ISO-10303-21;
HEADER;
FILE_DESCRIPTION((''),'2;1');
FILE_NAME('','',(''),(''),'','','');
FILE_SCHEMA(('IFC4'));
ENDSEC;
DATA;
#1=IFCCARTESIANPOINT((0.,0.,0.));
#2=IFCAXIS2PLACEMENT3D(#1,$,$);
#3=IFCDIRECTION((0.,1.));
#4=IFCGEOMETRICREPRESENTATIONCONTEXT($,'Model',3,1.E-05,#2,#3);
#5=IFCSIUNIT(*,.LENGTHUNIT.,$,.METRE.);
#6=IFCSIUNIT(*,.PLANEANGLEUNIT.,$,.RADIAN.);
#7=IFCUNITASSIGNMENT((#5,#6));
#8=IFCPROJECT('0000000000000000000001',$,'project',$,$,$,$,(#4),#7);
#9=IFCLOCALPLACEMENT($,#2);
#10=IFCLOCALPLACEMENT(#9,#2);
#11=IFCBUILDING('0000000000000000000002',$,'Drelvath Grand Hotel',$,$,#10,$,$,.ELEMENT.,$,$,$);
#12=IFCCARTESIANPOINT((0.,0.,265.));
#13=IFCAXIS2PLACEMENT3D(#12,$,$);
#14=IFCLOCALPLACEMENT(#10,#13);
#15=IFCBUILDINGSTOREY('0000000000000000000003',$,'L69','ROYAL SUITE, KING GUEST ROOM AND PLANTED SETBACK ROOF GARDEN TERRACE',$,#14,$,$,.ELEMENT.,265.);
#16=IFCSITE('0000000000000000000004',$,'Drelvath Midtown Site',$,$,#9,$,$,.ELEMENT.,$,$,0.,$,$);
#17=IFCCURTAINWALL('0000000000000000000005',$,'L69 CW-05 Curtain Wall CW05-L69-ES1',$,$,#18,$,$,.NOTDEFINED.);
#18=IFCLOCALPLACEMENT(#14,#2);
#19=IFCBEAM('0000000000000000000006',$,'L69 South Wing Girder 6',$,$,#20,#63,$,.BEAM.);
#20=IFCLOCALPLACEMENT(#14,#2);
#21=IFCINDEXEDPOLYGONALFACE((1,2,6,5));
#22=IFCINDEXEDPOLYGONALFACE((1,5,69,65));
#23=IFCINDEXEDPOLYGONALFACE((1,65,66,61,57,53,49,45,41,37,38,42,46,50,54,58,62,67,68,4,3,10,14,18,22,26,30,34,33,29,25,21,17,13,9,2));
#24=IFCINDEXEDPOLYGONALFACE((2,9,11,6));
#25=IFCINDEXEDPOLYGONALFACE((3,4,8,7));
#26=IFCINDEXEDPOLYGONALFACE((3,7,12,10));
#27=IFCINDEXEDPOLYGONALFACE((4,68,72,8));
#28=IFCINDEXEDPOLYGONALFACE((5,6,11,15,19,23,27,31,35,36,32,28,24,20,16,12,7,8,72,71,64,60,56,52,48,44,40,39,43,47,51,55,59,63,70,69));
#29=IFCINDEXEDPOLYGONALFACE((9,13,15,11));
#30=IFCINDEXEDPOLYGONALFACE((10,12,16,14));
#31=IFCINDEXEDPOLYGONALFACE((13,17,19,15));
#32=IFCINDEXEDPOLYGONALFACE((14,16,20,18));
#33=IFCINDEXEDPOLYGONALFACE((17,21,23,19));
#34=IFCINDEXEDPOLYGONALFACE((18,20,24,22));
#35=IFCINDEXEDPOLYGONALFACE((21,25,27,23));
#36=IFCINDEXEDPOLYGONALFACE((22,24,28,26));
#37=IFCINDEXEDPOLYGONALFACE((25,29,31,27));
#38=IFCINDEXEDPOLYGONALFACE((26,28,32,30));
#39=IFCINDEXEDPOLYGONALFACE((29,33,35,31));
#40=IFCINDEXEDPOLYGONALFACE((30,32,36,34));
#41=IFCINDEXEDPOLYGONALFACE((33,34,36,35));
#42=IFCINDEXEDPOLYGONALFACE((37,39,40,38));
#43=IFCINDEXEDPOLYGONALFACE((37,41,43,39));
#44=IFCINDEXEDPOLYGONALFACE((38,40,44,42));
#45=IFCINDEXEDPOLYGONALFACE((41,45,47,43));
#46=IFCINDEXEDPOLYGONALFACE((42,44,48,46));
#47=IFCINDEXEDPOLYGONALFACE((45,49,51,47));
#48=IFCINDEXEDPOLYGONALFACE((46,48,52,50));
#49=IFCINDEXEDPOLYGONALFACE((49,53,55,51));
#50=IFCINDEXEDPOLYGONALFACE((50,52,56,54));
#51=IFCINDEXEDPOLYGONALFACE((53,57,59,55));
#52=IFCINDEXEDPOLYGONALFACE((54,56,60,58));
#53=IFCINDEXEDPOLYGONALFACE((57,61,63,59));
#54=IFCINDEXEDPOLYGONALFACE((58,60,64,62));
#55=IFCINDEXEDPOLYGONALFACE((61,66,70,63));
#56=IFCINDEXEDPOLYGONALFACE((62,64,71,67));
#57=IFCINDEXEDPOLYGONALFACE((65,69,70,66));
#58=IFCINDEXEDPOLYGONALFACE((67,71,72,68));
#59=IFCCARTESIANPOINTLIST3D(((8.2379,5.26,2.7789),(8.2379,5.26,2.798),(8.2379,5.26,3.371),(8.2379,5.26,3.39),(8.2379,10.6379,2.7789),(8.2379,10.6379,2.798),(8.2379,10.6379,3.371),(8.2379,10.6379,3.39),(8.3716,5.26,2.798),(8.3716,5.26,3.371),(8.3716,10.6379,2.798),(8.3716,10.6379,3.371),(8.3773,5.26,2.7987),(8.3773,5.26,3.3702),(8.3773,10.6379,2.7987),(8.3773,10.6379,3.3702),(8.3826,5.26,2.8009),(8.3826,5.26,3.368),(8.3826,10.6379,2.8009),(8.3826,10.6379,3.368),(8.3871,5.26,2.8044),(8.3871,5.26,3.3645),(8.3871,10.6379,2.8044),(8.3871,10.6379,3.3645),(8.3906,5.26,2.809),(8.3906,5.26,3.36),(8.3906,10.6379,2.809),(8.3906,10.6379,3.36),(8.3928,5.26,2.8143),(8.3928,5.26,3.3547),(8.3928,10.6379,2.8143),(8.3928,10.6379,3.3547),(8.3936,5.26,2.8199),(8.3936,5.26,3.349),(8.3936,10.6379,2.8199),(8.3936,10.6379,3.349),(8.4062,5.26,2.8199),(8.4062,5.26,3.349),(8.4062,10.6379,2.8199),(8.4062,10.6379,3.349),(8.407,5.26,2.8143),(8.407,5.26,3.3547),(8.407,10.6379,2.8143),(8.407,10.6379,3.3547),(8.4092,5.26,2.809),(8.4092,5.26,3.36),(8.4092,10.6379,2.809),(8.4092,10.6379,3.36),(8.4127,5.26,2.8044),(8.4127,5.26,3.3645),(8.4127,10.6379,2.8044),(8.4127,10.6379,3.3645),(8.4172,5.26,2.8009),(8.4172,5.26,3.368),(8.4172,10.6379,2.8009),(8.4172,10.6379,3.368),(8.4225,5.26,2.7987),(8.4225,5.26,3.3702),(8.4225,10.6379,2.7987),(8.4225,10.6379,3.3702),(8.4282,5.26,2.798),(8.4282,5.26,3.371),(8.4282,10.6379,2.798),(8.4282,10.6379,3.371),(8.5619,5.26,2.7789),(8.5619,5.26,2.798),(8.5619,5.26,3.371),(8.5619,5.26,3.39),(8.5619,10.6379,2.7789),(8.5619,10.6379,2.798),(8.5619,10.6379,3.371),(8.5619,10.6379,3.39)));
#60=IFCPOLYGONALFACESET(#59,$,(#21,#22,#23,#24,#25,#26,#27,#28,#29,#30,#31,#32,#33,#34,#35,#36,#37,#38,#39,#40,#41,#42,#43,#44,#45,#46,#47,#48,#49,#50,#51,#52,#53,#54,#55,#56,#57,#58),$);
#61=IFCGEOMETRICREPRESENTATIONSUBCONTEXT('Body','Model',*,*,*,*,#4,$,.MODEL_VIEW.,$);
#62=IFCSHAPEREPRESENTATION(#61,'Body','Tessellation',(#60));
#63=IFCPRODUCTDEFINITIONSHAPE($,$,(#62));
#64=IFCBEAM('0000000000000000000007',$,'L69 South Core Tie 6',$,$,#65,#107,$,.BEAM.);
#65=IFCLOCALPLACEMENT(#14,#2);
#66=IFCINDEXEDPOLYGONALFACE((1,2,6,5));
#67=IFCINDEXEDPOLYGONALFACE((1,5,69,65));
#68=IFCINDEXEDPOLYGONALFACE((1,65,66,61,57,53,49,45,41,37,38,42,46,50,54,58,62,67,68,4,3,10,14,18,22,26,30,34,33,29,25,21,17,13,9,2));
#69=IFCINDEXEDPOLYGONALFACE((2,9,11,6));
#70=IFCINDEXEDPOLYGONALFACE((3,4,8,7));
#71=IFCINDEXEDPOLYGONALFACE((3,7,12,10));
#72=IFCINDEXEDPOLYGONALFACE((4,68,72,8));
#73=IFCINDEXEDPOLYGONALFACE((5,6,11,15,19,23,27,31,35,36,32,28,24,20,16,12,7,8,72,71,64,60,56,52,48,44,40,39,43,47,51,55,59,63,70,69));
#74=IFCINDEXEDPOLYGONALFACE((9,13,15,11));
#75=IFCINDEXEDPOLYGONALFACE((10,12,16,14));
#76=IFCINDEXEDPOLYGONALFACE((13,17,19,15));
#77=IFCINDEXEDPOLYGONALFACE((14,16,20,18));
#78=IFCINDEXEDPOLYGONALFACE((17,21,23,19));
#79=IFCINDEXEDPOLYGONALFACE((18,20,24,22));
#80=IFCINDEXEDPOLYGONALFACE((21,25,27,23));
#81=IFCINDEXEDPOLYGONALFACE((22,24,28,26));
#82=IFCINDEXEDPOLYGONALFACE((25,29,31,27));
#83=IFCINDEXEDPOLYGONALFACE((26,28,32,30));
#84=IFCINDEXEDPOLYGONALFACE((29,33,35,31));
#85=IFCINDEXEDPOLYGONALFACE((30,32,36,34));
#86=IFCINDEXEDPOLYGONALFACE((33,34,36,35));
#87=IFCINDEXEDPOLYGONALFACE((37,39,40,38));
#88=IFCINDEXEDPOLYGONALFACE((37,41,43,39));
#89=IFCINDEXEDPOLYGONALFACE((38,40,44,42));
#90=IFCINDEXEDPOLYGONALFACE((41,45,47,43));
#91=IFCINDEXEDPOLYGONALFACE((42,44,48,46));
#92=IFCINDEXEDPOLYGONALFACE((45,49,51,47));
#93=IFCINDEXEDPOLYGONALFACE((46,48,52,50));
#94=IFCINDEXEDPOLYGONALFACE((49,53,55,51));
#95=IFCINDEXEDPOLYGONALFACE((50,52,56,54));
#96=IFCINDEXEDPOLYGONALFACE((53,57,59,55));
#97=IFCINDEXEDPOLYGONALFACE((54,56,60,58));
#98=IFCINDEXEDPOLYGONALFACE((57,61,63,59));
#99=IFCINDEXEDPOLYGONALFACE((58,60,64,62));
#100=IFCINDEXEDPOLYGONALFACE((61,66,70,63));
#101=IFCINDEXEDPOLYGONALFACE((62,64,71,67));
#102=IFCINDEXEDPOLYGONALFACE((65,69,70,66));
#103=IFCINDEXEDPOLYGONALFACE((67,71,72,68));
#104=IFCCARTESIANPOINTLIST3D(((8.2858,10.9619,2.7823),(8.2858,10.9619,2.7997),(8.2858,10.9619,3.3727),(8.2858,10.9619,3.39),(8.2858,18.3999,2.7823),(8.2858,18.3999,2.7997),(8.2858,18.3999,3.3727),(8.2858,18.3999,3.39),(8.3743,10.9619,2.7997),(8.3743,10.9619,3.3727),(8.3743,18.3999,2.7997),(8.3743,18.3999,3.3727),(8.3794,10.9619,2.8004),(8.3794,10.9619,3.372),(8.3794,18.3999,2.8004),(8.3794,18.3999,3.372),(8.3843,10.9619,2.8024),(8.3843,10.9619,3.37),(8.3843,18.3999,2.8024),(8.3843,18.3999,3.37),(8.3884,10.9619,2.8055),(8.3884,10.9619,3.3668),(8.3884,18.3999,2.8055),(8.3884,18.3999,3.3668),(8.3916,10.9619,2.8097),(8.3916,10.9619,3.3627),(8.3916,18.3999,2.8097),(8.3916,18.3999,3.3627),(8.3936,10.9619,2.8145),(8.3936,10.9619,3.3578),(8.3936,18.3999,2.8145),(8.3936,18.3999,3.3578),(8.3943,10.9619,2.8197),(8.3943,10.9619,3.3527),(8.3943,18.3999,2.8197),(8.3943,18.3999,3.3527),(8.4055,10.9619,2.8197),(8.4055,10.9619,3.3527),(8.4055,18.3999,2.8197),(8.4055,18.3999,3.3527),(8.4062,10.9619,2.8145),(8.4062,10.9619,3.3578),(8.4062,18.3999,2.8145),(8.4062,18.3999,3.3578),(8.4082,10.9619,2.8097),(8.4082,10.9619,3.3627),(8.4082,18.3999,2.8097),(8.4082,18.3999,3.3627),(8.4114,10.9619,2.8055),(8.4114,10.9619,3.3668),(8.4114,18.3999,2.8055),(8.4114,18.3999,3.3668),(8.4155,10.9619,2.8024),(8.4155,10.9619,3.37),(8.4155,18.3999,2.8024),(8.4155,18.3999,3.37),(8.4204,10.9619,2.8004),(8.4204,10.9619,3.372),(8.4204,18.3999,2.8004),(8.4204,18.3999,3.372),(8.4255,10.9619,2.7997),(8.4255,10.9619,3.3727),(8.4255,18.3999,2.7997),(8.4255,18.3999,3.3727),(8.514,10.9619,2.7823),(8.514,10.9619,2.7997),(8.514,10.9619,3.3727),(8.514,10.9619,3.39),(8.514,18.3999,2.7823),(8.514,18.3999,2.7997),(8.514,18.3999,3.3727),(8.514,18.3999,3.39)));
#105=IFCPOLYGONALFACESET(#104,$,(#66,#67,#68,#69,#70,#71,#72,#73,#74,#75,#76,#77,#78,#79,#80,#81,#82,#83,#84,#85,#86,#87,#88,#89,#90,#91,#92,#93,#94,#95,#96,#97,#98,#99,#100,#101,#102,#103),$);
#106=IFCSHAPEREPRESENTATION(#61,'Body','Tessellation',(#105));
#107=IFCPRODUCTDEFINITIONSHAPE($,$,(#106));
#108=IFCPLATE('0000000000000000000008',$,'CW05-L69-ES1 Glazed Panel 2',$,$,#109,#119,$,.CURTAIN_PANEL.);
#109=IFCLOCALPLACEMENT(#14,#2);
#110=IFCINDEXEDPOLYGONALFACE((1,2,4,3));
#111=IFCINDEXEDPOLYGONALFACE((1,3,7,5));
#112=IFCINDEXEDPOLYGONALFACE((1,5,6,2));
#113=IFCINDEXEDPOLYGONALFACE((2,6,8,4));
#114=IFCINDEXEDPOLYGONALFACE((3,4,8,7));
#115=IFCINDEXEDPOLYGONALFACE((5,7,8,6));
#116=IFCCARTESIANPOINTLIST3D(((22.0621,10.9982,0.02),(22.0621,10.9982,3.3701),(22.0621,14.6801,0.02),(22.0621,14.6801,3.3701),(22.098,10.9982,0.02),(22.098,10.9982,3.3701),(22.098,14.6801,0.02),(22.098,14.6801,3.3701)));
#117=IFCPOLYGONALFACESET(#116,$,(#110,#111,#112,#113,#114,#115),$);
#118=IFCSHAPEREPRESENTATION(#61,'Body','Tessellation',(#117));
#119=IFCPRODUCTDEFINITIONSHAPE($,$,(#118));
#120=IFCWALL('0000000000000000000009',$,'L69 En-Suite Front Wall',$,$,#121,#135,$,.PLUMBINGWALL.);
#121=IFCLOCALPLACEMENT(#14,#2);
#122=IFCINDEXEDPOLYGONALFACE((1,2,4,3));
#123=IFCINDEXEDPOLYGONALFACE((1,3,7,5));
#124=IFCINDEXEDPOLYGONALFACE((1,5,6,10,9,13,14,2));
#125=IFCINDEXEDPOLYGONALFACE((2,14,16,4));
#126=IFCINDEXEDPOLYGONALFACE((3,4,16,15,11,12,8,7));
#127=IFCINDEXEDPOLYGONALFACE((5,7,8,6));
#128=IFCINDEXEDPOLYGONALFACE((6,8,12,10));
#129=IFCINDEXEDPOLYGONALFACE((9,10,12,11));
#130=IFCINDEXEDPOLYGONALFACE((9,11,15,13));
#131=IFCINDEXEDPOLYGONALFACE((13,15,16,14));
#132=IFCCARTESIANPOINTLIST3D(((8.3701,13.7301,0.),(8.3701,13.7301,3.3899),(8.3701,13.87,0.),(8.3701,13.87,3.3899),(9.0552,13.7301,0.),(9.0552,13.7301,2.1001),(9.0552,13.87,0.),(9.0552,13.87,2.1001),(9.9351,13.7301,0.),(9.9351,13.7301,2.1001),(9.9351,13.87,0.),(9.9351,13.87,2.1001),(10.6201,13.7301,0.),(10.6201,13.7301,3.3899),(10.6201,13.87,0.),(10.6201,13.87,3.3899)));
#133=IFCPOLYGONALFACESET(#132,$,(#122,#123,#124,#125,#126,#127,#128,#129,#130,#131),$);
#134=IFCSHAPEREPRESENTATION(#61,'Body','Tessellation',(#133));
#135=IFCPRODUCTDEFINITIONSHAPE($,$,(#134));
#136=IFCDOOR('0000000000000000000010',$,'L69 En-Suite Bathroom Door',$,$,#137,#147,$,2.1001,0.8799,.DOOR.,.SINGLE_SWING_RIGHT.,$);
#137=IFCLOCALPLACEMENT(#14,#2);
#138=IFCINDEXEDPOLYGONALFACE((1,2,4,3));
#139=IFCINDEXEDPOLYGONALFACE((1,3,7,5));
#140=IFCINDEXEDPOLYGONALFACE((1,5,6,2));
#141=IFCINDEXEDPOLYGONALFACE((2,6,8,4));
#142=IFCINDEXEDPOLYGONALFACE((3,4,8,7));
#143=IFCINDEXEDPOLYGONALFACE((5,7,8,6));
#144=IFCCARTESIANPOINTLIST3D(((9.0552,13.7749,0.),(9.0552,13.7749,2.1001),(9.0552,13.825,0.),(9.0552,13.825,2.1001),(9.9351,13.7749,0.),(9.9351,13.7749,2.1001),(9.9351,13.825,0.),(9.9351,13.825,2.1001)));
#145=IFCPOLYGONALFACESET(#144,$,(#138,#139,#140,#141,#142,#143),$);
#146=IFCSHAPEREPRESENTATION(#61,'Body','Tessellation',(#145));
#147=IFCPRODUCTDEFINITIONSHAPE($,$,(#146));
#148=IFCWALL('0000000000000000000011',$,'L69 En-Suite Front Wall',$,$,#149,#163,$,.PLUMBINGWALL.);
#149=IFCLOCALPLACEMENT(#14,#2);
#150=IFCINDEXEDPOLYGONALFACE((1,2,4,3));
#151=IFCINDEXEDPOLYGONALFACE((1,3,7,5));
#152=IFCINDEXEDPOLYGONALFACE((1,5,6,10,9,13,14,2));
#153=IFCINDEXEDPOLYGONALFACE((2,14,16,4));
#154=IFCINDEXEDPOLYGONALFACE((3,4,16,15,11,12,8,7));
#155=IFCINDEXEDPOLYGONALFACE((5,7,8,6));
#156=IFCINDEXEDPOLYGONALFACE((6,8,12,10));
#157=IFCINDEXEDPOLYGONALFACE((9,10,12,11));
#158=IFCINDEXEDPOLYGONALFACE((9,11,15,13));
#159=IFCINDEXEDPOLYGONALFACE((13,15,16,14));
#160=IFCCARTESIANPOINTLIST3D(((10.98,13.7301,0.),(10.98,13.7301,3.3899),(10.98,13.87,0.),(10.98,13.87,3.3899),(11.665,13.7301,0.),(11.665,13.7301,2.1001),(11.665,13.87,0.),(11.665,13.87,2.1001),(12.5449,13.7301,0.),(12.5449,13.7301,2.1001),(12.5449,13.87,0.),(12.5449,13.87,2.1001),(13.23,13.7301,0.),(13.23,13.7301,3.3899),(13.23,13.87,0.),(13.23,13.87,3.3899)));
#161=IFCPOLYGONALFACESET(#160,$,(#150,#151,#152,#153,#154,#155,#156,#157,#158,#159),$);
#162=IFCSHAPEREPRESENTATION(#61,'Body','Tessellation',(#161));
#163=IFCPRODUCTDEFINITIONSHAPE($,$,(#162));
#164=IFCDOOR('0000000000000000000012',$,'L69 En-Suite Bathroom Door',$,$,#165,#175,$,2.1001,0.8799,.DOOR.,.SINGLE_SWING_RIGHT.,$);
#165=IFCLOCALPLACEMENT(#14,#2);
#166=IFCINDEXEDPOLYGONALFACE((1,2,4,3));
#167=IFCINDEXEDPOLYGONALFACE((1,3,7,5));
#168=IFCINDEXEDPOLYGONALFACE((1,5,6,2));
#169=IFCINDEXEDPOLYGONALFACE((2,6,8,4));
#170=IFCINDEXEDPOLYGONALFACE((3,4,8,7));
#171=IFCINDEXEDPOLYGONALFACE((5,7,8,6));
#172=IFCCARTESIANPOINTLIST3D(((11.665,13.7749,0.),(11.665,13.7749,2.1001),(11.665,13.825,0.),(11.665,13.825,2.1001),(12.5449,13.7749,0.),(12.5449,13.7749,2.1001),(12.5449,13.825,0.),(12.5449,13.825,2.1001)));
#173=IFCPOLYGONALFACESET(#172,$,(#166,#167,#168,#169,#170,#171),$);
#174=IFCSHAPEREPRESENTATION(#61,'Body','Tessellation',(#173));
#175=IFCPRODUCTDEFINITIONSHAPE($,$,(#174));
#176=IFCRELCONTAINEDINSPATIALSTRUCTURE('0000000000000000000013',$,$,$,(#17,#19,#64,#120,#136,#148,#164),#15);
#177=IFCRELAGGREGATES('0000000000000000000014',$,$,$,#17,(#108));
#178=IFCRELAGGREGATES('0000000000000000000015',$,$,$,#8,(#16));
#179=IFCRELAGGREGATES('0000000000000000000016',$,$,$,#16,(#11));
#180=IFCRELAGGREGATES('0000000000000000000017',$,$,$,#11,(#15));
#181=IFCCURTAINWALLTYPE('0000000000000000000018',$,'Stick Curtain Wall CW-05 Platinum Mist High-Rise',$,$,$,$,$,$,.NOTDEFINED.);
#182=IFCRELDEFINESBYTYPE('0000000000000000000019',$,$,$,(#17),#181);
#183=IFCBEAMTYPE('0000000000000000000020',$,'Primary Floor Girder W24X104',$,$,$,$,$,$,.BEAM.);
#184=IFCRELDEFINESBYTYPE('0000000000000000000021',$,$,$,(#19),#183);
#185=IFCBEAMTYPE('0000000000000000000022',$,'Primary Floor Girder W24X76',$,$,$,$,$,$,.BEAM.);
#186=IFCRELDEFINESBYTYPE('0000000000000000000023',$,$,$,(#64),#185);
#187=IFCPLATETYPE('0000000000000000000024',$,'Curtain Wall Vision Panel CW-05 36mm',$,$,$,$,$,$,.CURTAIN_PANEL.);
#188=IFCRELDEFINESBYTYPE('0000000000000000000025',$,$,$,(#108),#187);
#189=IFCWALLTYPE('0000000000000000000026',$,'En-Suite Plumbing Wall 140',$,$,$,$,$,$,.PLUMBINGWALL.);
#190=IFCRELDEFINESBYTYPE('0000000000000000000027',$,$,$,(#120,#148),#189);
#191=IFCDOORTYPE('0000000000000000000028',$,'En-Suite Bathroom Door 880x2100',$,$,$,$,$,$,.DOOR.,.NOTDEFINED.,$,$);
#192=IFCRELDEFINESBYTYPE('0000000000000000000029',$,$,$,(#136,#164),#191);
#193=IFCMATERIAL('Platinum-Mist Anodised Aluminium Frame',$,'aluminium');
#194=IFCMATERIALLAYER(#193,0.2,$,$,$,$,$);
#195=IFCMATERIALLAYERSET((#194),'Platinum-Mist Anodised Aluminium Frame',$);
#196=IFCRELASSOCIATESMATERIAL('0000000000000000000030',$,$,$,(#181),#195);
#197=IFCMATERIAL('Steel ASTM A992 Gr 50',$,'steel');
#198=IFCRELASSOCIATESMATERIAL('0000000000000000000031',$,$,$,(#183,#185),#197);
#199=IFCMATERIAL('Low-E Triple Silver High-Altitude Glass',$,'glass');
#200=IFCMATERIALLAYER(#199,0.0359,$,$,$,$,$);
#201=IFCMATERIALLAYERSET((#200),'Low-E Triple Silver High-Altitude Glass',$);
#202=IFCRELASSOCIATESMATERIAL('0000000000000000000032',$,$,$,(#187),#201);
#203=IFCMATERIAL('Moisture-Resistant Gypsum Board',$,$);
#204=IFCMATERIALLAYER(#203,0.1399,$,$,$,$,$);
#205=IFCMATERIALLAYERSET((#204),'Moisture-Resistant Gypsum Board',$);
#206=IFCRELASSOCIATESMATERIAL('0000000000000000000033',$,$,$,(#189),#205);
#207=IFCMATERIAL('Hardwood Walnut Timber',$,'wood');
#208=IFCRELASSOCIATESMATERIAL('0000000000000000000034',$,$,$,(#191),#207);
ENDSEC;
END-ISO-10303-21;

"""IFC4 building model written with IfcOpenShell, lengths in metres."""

from ifc_helpers import new_model, si_unit, direction, frame, frame_2d, origin, origin_2d, place, context, subcontext, project, spatial, rectangle, i_section, extrude, material, layer, layer_set, material_profile, profile_set, type_object, element, fill, aggregate, save


model = new_model("IFC4")

# Units and contexts
model_context = context("Model", 3, precision=1e-05, world=origin(), true_north=direction((0.0, 1.0)))
body_context = subcontext(model_context, "Body", "Model", "MODEL_VIEW")
ifc_project = project(units=[si_unit("LENGTHUNIT", "METRE"), si_unit("PLANEANGLEUNIT", "RADIAN")], contexts=[model_context])

# Site, building, storey
site_placement = place(None, origin())
site = spatial("IfcSite", under=ifc_project, at=site_placement, Name="Drelvath Midtown Site", CompositionType="ELEMENT", RefElevation=0.0)
building_placement = place(site_placement, origin())
building = spatial("IfcBuilding", under=site, at=building_placement, Name="Drelvath Grand Hotel", CompositionType="ELEMENT")
storey_placement = place(building_placement, frame((0.0, 0.0, 265.0)))
storey = spatial("IfcBuildingStorey", under=building, at=storey_placement, Name="L69", Description="ROYAL SUITE, KING GUEST ROOM AND PLANTED SETBACK ROOF GARDEN TERRACE", CompositionType="ELEMENT", Elevation=265.0)

# Shared definitions
ifc_material_1 = material(Name="Steel ASTM A992 Gr 50", Category="steel")

# Curtain wall
ifc_material_2 = material(Name="Platinum-Mist Anodised Aluminium Frame", Category="aluminium")
ifc_layer_1 = layer(ifc_material_2, 0.2)
ifc_layer_set_1 = layer_set([ifc_layer_1], Name="Platinum-Mist Anodised Aluminium Frame")
curtain_wall_type = type_object("IfcCurtainWallType", Name="Stick Curtain Wall CW-05 Platinum Mist High-Rise", PredefinedType="NOTDEFINED", material=ifc_layer_set_1)
curtain_wall_1_placement = place(storey_placement, origin())
curtain_wall_1 = element("IfcCurtainWall", 1, at=curtain_wall_1_placement, inside=storey, type_object=curtain_wall_type, Name="L69 CW-05 Curtain Wall CW05-L69-ES1", PredefinedType="NOTDEFINED")

# Beams
ifc_material_profile_1 = material_profile(ifc_material_1, i_section(OverallWidth=0.324, OverallDepth=0.6111, WebThickness=0.0127, FlangeThickness=0.019, FilletRadius=0.022, at=origin_2d()), Name="W24X104")
ifc_profile_set_1 = profile_set([ifc_material_profile_1], Name="Steel ASTM A992 Gr 50")
beam_type_1 = type_object("IfcBeamType", Name="Primary Floor Girder W24X104", PredefinedType="BEAM", material=ifc_profile_set_1)
beam_1_placement = place(storey_placement, frame((8.3999, 5.26, 3.0845), z_axis=(0.0, 1.0, 0.0), x_axis=(-1.0, 0.0, 0.0)))
element("IfcBeam", 2, at=beam_1_placement, inside=storey, type_object=beam_type_1, Name="L69 South Wing Girder 6", PredefinedType="BEAM", context=body_context, shape_type="SweptSolid", body=[
    extrude(i_section(OverallWidth=0.324, OverallDepth=0.6111, WebThickness=0.0127, FlangeThickness=0.019, FilletRadius=0.022, at=origin_2d()), origin(), (0.0, 0.0, 1.0), 5.3779),
])
ifc_material_profile_2 = material_profile(ifc_material_1, i_section(OverallWidth=0.2283, OverallDepth=0.6077, WebThickness=0.0112, FlangeThickness=0.0173, FilletRadius=0.02, at=origin_2d()), Name="W24X76")
ifc_profile_set_2 = profile_set([ifc_material_profile_2], Name="Steel ASTM A992 Gr 50")
beam_type_2 = type_object("IfcBeamType", Name="Primary Floor Girder W24X76", PredefinedType="BEAM", material=ifc_profile_set_2)
beam_2_placement = place(storey_placement, frame((8.3999, 10.9619, 3.0862), z_axis=(0.0, 1.0, 0.0), x_axis=(-1.0, 0.0, 0.0)))
element("IfcBeam", 3, at=beam_2_placement, inside=storey, type_object=beam_type_2, Name="L69 South Core Tie 6", PredefinedType="BEAM", context=body_context, shape_type="SweptSolid", body=[
    extrude(i_section(OverallWidth=0.2283, OverallDepth=0.6077, WebThickness=0.0112, FlangeThickness=0.0173, FilletRadius=0.02, at=origin_2d()), origin(), (0.0, 0.0, 1.0), 7.438),
])

# Plate
ifc_material_3 = material(Name="Low-E Triple Silver High-Altitude Glass", Category="glass")
ifc_layer_2 = layer(ifc_material_3, 0.0359)
ifc_layer_set_2 = layer_set([ifc_layer_2], Name="Low-E Triple Silver High-Altitude Glass")
plate_type = type_object("IfcPlateType", Name="Curtain Wall Vision Panel CW-05 36mm", PredefinedType="CURTAIN_PANEL", material=ifc_layer_set_2)
plate_placement = place(storey_placement, frame((22.0801, 12.8391, 0.02), z_axis=(0.0, 0.0, 1.0), x_axis=(0.0, -1.0, 0.0)))
plate = element("IfcPlate", 4, at=plate_placement, type_object=plate_type, Name="CW05-L69-ES1 Glazed Panel 2", PredefinedType="CURTAIN_PANEL", context=body_context, shape_type="SweptSolid", body=[
    extrude(rectangle(XDim=3.6819, YDim=0.0359, at=origin_2d()), origin(), (0.0, 0.0, 1.0), 3.3501),
])
aggregate(curtain_wall_1, [plate])

# Walls, openings, doors
ifc_material_4 = material(Name="Moisture-Resistant Gypsum Board")
ifc_layer_3 = layer(ifc_material_4, 0.1399)
ifc_layer_set_3 = layer_set([ifc_layer_3], Name="Moisture-Resistant Gypsum Board")
wall_type_1 = type_object("IfcWallType", Name="En-Suite Plumbing Wall 140", PredefinedType="PLUMBINGWALL", material=ifc_layer_set_3)
wall_1_placement = place(storey_placement, frame((8.3701, 13.8, 0.0), z_axis=(0.0, 0.0, 1.0), x_axis=(1.0, 0.0, 0.0)))
wall_1 = element("IfcWall", 5, at=wall_1_placement, inside=storey, type_object=wall_type_1, Name="L69 En-Suite Front Wall", PredefinedType="PLUMBINGWALL", context=body_context, shape_type="SweptSolid", body=[
    extrude(rectangle(XDim=2.25, YDim=0.1399, at=frame_2d((1.125, 0.0))), origin(), (0.0, 0.0, 1.0), 3.3899),
])
opening_1_placement = place(wall_1_placement, frame((0.6851, 0.0, 0.0)))
opening_1 = element("IfcOpeningElement", 6, at=opening_1_placement, cuts=wall_1, PredefinedType="OPENING", context=body_context, shape_type="SweptSolid", body=[
    extrude(rectangle(XDim=0.8799, YDim=2.1001, at=frame_2d((0.4399, 1.05))), frame((0.0, 0.0798, 0.0), z_axis=(0.0, -1.0, 0.0), x_axis=(1.0, 0.0, 0.0)), (0.0, 0.0, 1.0), 0.1599),
])
ifc_material_5 = material(Name="Hardwood Walnut Timber", Category="wood")
door_type_1 = type_object("IfcDoorType", Name="En-Suite Bathroom Door 880x2100", OperationType="NOTDEFINED", PredefinedType="DOOR", material=ifc_material_5)
door_1_placement = place(opening_1_placement, origin())
door_1 = element("IfcDoor", 7, at=door_1_placement, inside=storey, type_object=door_type_1, Name="L69 En-Suite Bathroom Door", OperationType="SINGLE_SWING_RIGHT", OverallHeight=2.1001, OverallWidth=0.8799, PredefinedType="DOOR", context=body_context, shape_type="SweptSolid", body=[
    extrude(rectangle(XDim=0.8799, YDim=2.1001, at=frame_2d((0.4399, 1.05))), frame((0.0, 0.0249, 0.0), z_axis=(0.0, -1.0, 0.0), x_axis=(1.0, 0.0, 0.0)), (0.0, 0.0, 1.0), 0.05),
])
fill(opening_1, door_1)
wall_2_placement = place(storey_placement, frame((10.98, 13.8, 0.0), z_axis=(0.0, 0.0, 1.0), x_axis=(1.0, 0.0, 0.0)))
wall_2 = element("IfcWall", 8, at=wall_2_placement, inside=storey, type_object=wall_type_1, Name="L69 En-Suite Front Wall", PredefinedType="PLUMBINGWALL", context=body_context, shape_type="SweptSolid", body=[
    extrude(rectangle(XDim=2.25, YDim=0.1399, at=frame_2d((1.125, 0.0))), origin(), (0.0, 0.0, 1.0), 3.3899),
])
opening_2_placement = place(wall_2_placement, frame((0.6851, 0.0, 0.0)))
opening_2 = element("IfcOpeningElement", 9, at=opening_2_placement, cuts=wall_2, PredefinedType="OPENING", context=body_context, shape_type="SweptSolid", body=[
    extrude(rectangle(XDim=0.8799, YDim=2.1001, at=frame_2d((0.4399, 1.05))), frame((0.0, 0.0798, 0.0), z_axis=(0.0, -1.0, 0.0), x_axis=(1.0, 0.0, 0.0)), (0.0, 0.0, 1.0), 0.1599),
])
door_2_placement = place(opening_2_placement, origin())
door_2 = element("IfcDoor", 10, at=door_2_placement, inside=storey, type_object=door_type_1, Name="L69 En-Suite Bathroom Door", OperationType="SINGLE_SWING_RIGHT", OverallHeight=2.1001, OverallWidth=0.8799, PredefinedType="DOOR", context=body_context, shape_type="SweptSolid", body=[
    extrude(rectangle(XDim=0.8799, YDim=2.1001, at=frame_2d((0.4399, 1.05))), frame((0.0, 0.0249, 0.0), z_axis=(0.0, -1.0, 0.0), x_axis=(1.0, 0.0, 0.0)), (0.0, 0.0, 1.0), 0.05),
])
fill(opening_2, door_2)

save(model, "model.ifc")
